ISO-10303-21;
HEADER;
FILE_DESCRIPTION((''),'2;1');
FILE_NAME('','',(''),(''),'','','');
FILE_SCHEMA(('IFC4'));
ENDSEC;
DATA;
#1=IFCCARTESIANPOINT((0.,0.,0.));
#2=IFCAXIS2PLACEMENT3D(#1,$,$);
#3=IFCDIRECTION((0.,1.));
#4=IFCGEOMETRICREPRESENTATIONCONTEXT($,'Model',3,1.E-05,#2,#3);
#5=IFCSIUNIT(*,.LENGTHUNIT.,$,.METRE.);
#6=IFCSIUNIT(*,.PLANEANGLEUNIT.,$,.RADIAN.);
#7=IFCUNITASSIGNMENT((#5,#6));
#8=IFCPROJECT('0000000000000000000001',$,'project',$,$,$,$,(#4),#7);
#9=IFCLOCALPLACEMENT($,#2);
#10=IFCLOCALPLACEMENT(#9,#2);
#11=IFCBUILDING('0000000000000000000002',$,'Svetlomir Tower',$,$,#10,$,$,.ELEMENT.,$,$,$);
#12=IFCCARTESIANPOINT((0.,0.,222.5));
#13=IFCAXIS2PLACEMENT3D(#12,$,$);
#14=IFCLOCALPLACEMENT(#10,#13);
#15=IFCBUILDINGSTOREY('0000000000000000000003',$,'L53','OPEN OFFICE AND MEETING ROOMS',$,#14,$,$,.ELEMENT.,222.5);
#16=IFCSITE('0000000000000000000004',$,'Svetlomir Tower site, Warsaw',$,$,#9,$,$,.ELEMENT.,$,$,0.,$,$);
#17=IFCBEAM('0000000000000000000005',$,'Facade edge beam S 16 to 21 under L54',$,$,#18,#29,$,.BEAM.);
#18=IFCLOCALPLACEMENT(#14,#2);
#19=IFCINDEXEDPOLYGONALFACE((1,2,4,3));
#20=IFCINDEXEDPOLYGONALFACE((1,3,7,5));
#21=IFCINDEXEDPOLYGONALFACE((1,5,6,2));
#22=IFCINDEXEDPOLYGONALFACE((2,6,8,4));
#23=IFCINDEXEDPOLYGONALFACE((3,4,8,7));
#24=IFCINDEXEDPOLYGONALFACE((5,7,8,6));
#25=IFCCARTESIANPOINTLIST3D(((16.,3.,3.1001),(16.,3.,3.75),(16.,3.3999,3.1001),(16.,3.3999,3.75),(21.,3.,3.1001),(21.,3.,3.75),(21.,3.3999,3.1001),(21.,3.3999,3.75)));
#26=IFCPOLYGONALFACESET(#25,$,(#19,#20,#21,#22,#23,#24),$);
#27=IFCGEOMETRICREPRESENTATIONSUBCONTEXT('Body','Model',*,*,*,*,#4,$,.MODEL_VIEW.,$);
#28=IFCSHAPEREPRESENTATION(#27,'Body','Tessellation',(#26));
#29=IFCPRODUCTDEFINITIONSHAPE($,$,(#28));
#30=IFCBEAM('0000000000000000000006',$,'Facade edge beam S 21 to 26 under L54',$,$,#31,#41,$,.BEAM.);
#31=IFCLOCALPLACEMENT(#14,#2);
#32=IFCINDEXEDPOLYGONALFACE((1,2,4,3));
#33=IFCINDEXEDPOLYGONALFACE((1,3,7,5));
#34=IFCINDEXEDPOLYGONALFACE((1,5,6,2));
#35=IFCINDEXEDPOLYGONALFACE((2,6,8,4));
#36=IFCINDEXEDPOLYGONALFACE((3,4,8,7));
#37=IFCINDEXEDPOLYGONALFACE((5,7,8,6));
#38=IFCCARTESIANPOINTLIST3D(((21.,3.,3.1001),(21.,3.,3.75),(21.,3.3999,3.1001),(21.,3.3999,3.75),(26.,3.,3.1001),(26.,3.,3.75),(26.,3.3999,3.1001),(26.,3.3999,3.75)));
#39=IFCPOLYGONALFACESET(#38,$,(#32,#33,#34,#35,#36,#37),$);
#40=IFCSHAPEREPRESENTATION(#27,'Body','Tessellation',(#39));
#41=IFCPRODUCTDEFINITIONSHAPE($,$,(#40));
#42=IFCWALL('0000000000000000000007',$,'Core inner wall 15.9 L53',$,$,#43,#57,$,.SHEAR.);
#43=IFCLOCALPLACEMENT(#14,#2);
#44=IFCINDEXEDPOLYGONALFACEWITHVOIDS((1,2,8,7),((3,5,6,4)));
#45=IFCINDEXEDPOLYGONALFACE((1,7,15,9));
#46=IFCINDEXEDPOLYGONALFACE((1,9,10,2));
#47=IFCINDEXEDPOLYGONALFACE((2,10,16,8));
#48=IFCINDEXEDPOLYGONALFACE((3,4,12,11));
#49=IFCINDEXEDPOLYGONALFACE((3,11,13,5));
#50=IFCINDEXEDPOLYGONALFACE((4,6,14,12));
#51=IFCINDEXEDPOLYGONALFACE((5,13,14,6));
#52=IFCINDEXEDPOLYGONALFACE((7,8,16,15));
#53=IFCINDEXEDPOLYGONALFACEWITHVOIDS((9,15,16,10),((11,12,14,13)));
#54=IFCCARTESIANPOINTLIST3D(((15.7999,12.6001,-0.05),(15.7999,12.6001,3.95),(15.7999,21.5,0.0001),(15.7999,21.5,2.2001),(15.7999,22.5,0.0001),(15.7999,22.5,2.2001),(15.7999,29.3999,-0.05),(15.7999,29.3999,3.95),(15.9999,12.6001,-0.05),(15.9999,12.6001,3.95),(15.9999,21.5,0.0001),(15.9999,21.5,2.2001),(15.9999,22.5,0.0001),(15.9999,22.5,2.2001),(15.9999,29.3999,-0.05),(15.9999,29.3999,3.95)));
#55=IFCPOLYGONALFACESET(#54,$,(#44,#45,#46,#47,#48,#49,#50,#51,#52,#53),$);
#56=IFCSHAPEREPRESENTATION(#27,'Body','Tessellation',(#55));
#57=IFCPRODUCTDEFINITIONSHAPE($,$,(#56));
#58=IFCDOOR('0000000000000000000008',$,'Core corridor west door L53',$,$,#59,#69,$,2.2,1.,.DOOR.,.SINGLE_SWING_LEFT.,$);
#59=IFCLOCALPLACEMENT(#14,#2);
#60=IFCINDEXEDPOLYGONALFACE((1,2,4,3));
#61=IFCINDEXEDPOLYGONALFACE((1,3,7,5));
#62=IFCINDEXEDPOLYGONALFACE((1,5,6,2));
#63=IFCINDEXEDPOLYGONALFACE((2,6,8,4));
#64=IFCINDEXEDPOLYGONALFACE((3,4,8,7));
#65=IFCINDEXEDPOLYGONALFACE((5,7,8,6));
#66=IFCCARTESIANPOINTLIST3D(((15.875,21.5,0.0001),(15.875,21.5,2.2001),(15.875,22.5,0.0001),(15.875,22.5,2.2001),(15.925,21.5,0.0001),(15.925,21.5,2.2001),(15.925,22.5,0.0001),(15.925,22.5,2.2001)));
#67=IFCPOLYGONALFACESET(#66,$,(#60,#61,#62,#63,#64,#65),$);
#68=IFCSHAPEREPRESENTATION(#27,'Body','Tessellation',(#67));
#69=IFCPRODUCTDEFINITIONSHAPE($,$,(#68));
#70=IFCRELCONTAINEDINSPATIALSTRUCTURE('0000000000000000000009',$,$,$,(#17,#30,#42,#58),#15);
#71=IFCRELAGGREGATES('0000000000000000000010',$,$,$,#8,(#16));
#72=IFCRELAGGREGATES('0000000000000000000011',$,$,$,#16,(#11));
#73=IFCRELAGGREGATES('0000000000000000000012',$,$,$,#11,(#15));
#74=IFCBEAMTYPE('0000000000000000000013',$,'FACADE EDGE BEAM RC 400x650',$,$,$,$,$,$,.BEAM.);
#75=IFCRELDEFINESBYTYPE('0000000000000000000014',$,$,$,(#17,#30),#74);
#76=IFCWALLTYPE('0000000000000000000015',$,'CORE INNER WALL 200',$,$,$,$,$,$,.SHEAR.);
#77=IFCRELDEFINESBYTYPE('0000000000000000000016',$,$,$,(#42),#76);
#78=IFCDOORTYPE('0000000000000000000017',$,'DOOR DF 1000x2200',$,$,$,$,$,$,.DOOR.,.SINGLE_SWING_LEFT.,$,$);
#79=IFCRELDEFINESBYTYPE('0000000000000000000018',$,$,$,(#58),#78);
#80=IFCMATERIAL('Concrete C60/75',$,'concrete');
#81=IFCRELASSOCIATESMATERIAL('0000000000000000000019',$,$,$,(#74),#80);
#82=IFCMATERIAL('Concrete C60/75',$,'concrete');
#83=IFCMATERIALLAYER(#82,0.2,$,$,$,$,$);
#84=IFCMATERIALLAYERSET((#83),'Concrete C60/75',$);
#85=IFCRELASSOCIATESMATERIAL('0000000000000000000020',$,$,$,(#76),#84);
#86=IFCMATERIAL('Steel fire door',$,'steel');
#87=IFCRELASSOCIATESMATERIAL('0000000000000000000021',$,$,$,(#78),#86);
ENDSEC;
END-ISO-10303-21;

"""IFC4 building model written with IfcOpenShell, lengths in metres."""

from ifc_helpers import new_model, si_unit, direction, frame, frame_2d, origin, origin_2d, place, context, subcontext, project, spatial, rectangle, extrude, material, layer, layer_set, material_profile, profile_set, type_object, element, fill, save


model = new_model("IFC4")

# Units and contexts
model_context = context("Model", 3, precision=1e-05, world=origin(), true_north=direction((0.0, 1.0)))
body_context = subcontext(model_context, "Body", "Model", "MODEL_VIEW")
ifc_project = project(units=[si_unit("LENGTHUNIT", "METRE"), si_unit("PLANEANGLEUNIT", "RADIAN")], contexts=[model_context])

# Site, building, storey
site_placement = place(None, origin())
site = spatial("IfcSite", under=ifc_project, at=site_placement, Name="Svetlomir Tower site, Warsaw", CompositionType="ELEMENT", RefElevation=0.0)
building_placement = place(site_placement, origin())
building = spatial("IfcBuilding", under=site, at=building_placement, Name="Svetlomir Tower", CompositionType="ELEMENT")
storey_placement = place(building_placement, frame((0.0, 0.0, 222.5)))
storey = spatial("IfcBuildingStorey", under=building, at=storey_placement, Name="L53", Description="OPEN OFFICE AND MEETING ROOMS", CompositionType="ELEMENT", Elevation=222.5)

# Beams
ifc_material_1 = material(Name="Concrete C60/75", Category="concrete")
ifc_material_profile = material_profile(ifc_material_1, rectangle(XDim=0.3999, YDim=0.6499, at=origin_2d()), Name="RC 400x650")
ifc_profile_set = profile_set([ifc_material_profile], Name="Concrete C60/75")
beam_type = type_object("IfcBeamType", Name="FACADE EDGE BEAM RC 400x650", PredefinedType="BEAM", material=ifc_profile_set)
for number, where, z_axis, x_axis, name in (
    (1, (16.0, 3.2, 3.425), (1.0, 0.0, 0.0), (0.0, 1.0, 0.0), "Facade edge beam S 16 to 21 under L54"),
    (2, (21.0, 3.2, 3.425), (1.0, 0.0, 0.0), (0.0, 1.0, 0.0), "Facade edge beam S 21 to 26 under L54"),
):
    element("IfcBeam", number, at=place(storey_placement, frame(where, z_axis=z_axis, x_axis=x_axis)), inside=storey, type_object=beam_type, Name=name, PredefinedType="BEAM", context=body_context, shape_type="SweptSolid", body=[
        extrude(rectangle(XDim=0.3999, YDim=0.6499, at=origin_2d()), origin(), (0.0, 0.0, 1.0), 5.0),
    ])

# Wall, opening, door
ifc_material_2 = material(Name="Concrete C60/75", Category="concrete")
ifc_layer_1 = layer(ifc_material_2, 0.2)
ifc_layer_set_1 = layer_set([ifc_layer_1], Name="Concrete C60/75")
wall_type_1 = type_object("IfcWallType", Name="CORE INNER WALL 200", PredefinedType="SHEAR", material=ifc_layer_set_1)
wall_1_placement = place(storey_placement, frame((15.8999, 12.6001, -0.05), z_axis=(0.0, 0.0, 1.0), x_axis=(0.0, 1.0, 0.0)))
wall_1 = element("IfcWall", 3, at=wall_1_placement, inside=storey, type_object=wall_type_1, Name="Core inner wall 15.9 L53", PredefinedType="SHEAR", context=body_context, shape_type="SweptSolid", body=[
    extrude(rectangle(XDim=16.7998, YDim=0.2, at=frame_2d((8.3999, 0.0))), origin(), (0.0, 0.0, 1.0), 4.0),
])
opening_1_placement = place(wall_1_placement, frame((8.8999, 0.0, 0.05)))
opening_1 = element("IfcOpeningElement", 4, at=opening_1_placement, cuts=wall_1, PredefinedType="OPENING", context=body_context, shape_type="SweptSolid", body=[
    extrude(rectangle(XDim=1.0, YDim=2.2, at=frame_2d((0.5, 1.1001))), frame((0.0, 0.1099, 0.0), z_axis=(0.0, -1.0, 0.0), x_axis=(1.0, 0.0, 0.0)), (0.0, 0.0, 1.0), 0.22),
])
ifc_material_3 = material(Name="Steel fire door", Category="steel")
door_type_1 = type_object("IfcDoorType", Name="DOOR DF 1000x2200", OperationType="SINGLE_SWING_LEFT", PredefinedType="DOOR", material=ifc_material_3)
door_1_placement = place(opening_1_placement, origin())
door_1 = element("IfcDoor", 5, at=door_1_placement, inside=storey, type_object=door_type_1, Name="Core corridor west door L53", OperationType="SINGLE_SWING_LEFT", OverallHeight=2.2, OverallWidth=1.0, PredefinedType="DOOR", context=body_context, shape_type="SweptSolid", body=[
    extrude(rectangle(XDim=1.0, YDim=2.2, at=frame_2d((0.5, 1.1001))), frame((0.0, 0.0249, 0.0), z_axis=(0.0, -1.0, 0.0), x_axis=(1.0, 0.0, 0.0)), (0.0, 0.0, 1.0), 0.05),
])
fill(opening_1, door_1)

save(model, "model.ifc")
